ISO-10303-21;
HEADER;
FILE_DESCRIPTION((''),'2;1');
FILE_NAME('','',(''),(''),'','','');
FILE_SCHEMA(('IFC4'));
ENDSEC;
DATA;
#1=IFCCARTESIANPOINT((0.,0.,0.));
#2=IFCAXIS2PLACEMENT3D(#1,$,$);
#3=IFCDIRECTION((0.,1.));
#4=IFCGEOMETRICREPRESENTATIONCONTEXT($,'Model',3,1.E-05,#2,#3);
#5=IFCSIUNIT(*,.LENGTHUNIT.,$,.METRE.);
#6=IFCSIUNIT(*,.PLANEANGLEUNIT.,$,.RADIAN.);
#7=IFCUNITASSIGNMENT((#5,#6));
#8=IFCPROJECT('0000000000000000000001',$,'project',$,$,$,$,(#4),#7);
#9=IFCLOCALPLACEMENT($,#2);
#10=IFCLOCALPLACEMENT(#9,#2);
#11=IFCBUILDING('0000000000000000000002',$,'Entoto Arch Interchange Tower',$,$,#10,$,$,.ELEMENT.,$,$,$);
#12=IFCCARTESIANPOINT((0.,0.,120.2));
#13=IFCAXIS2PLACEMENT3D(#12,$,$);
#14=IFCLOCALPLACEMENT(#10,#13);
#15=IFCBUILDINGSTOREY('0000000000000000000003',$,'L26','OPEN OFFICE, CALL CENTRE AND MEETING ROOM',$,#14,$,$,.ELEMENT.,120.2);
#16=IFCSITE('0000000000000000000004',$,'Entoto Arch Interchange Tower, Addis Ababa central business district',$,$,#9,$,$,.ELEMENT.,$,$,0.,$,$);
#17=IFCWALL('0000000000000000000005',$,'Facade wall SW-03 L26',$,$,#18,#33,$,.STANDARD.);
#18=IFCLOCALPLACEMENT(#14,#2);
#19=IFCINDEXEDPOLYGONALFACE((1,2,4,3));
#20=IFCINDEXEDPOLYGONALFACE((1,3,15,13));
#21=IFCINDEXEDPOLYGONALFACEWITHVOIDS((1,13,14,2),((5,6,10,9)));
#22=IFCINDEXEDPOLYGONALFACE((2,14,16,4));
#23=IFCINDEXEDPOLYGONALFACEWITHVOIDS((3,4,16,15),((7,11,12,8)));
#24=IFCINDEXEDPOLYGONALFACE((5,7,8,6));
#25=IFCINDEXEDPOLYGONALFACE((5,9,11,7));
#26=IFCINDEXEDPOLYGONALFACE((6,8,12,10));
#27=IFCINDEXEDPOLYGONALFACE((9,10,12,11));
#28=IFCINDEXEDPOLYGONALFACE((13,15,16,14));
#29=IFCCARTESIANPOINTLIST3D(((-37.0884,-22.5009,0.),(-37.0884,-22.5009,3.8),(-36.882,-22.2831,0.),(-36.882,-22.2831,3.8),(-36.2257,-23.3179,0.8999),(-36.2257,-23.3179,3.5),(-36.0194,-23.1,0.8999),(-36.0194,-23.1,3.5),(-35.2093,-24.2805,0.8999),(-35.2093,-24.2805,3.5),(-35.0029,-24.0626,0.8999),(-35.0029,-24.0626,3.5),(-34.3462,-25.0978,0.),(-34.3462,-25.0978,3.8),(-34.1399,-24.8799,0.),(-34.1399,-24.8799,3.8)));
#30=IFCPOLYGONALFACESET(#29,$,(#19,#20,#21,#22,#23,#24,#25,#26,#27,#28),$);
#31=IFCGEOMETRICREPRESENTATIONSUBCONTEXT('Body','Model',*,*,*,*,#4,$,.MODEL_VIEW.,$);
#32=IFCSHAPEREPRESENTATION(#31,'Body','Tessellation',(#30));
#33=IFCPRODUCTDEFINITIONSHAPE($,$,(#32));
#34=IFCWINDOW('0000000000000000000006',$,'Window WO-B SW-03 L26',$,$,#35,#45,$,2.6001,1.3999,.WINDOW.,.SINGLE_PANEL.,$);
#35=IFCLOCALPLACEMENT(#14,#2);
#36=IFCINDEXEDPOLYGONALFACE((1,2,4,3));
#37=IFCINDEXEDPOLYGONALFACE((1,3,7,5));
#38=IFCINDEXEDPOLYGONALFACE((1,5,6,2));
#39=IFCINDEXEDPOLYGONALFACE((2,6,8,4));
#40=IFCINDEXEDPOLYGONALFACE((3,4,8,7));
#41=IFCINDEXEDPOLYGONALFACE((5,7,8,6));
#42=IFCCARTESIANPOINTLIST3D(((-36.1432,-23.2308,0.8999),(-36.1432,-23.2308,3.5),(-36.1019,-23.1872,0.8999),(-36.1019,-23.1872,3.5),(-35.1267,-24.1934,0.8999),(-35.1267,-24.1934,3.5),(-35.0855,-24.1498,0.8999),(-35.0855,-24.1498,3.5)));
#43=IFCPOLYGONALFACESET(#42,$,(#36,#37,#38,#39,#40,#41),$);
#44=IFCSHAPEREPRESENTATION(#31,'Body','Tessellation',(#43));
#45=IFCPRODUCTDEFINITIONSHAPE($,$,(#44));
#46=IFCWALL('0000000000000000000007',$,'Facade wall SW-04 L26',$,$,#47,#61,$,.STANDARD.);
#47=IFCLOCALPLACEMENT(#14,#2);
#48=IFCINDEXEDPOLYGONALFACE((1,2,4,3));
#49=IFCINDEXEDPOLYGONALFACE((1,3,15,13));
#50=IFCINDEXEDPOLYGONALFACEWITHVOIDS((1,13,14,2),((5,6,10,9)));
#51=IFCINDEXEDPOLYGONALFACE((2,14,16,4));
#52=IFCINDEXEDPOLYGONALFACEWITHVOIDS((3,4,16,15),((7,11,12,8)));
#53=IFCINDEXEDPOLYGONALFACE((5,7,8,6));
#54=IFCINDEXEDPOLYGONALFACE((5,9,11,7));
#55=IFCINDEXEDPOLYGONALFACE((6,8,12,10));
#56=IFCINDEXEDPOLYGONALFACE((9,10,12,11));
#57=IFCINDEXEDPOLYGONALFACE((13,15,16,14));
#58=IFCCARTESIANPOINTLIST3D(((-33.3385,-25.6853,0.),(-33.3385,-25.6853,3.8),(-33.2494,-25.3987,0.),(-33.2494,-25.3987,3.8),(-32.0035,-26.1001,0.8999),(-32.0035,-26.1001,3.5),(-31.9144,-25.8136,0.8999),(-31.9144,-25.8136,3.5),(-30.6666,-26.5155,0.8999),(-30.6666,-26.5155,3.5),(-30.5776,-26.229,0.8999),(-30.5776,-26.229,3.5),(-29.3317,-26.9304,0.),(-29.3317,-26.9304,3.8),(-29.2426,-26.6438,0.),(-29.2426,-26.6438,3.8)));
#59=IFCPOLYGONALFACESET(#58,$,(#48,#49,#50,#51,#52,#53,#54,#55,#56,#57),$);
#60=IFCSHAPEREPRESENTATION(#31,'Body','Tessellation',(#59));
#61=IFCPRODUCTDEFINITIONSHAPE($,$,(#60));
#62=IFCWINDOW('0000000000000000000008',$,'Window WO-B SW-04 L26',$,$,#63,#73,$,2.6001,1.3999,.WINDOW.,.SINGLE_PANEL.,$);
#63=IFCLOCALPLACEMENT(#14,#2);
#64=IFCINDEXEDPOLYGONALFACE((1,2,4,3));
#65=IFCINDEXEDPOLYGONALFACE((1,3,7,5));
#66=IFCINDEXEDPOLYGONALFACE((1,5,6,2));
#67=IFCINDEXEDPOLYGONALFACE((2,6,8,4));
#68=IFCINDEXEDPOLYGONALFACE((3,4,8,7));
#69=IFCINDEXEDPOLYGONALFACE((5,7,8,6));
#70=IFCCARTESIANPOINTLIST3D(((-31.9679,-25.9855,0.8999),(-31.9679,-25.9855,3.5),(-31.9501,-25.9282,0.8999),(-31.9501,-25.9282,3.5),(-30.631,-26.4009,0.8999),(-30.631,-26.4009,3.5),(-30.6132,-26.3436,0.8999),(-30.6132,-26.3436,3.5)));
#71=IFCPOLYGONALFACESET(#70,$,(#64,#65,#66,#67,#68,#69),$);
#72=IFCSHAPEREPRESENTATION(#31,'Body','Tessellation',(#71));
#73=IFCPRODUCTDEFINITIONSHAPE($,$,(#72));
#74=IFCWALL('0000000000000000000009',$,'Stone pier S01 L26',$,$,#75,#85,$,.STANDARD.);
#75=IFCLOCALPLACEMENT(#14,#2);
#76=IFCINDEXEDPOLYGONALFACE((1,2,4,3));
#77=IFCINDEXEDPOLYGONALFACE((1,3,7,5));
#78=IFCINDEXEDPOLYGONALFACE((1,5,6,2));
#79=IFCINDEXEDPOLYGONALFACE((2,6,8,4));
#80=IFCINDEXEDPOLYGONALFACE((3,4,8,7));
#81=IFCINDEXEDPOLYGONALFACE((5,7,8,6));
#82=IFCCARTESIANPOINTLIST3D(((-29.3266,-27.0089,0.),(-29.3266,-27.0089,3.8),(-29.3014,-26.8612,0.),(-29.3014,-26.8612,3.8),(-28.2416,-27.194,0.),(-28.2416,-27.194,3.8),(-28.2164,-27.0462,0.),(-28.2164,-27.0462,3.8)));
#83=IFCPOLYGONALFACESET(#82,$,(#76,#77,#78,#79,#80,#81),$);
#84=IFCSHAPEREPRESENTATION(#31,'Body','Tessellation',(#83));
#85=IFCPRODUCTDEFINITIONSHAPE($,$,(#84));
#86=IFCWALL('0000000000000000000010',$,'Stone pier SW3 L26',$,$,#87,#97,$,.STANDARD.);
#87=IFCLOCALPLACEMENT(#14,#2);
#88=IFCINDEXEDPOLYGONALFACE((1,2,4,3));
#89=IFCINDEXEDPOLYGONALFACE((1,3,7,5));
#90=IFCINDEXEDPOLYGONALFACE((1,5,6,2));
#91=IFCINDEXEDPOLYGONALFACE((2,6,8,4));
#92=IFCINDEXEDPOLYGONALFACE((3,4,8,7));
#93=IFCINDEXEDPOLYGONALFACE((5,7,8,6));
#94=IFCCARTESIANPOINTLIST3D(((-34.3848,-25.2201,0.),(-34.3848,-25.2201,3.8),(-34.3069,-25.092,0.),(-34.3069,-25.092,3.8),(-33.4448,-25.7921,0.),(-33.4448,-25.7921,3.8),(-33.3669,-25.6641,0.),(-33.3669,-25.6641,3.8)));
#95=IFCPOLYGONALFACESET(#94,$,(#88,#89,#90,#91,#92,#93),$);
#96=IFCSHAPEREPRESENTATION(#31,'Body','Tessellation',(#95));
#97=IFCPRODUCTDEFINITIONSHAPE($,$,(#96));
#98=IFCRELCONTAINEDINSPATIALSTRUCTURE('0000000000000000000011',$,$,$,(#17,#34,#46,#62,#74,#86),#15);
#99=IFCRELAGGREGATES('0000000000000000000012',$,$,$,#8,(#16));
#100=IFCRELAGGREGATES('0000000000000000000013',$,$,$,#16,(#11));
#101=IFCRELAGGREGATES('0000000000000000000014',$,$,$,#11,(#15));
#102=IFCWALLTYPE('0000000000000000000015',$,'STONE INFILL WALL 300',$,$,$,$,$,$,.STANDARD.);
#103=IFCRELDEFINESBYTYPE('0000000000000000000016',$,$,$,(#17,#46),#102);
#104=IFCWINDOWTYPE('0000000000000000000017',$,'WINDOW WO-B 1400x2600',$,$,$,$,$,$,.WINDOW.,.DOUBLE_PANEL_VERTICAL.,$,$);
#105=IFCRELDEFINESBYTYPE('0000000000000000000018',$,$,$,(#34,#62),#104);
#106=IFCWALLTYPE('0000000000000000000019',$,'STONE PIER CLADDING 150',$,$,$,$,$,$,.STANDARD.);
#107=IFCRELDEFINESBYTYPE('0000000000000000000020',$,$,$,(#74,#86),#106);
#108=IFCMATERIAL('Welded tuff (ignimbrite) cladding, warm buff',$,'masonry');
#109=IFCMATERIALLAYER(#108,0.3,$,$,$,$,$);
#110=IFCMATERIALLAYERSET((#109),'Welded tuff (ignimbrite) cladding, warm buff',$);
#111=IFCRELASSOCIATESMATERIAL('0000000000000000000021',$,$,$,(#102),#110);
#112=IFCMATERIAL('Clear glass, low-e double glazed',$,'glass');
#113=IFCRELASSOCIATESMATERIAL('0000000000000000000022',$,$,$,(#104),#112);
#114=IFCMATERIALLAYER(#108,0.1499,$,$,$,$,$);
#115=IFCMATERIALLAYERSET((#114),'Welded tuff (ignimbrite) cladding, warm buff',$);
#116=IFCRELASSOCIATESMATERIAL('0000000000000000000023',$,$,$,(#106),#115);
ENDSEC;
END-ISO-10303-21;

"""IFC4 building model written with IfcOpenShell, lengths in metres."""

from ifc_helpers import new_model, si_unit, direction, frame, frame_2d, origin, place, context, subcontext, project, spatial, rectangle, extrude, material, layer, layer_set, type_object, element, fill, save


model = new_model("IFC4")

# Units and contexts
model_context = context("Model", 3, precision=1e-05, world=origin(), true_north=direction((0.0, 1.0)))
body_context = subcontext(model_context, "Body", "Model", "MODEL_VIEW")
ifc_project = project(units=[si_unit("LENGTHUNIT", "METRE"), si_unit("PLANEANGLEUNIT", "RADIAN")], contexts=[model_context])

# Site, building, storey
site_placement = place(None, origin())
site = spatial("IfcSite", under=ifc_project, at=site_placement, Name="Entoto Arch Interchange Tower, Addis Ababa central business district", CompositionType="ELEMENT", RefElevation=0.0)
building_placement = place(site_placement, origin())
building = spatial("IfcBuilding", under=site, at=building_placement, Name="Entoto Arch Interchange Tower", CompositionType="ELEMENT")
storey_placement = place(building_placement, frame((0.0, 0.0, 120.2)))
storey = spatial("IfcBuildingStorey", under=building, at=storey_placement, Name="L26", Description="OPEN OFFICE, CALL CENTRE AND MEETING ROOM", CompositionType="ELEMENT", Elevation=120.2)

# Shared definitions
ifc_material_1 = material(Name="Welded tuff (ignimbrite) cladding, warm buff", Category="masonry")
ifc_layer_1 = layer(ifc_material_1, 0.3)
ifc_layer_set_1 = layer_set([ifc_layer_1], Name="Welded tuff (ignimbrite) cladding, warm buff")
wall_type_1 = type_object("IfcWallType", Name="STONE INFILL WALL 300", PredefinedType="STANDARD", material=ifc_layer_set_1)
ifc_material_2 = material(Name="Clear glass, low-e double glazed", Category="glass")

# Walls, openings, windows
window_type_1 = type_object("IfcWindowType", Name="WINDOW WO-B 1400x2600", PartitioningType="DOUBLE_PANEL_VERTICAL", PredefinedType="WINDOW", material=ifc_material_2)
wall_1_placement = place(storey_placement, frame((-36.9851, -22.3921, 0.0), z_axis=(0.0, 0.0, 1.0), x_axis=(0.726077, -0.687614, 0.0)))
wall_1 = element("IfcWall", 1, at=wall_1_placement, inside=storey, type_object=wall_type_1, Name="Facade wall SW-03 L26", PredefinedType="STANDARD", context=body_context, shape_type="SweptSolid", body=[
    extrude(rectangle(XDim=3.7766, YDim=0.3, at=frame_2d((1.8882, 0.0))), origin(), (0.0, 0.0, 1.0), 3.8),
])
opening_1_placement = place(wall_1_placement, frame((1.188, 0.0, 0.8999)))
opening_1 = element("IfcOpeningElement", 2, at=opening_1_placement, cuts=wall_1, PredefinedType="OPENING", context=body_context, shape_type="SweptSolid", body=[
    extrude(rectangle(XDim=1.3999, YDim=2.6001, at=frame_2d((0.7, 1.3))), frame((0.0, 0.1602, 0.0), z_axis=(0.0, -1.0, 0.0), x_axis=(1.0, 0.0, 0.0)), (0.0, 0.0, 1.0), 0.3201),
])
window_1_placement = place(opening_1_placement, origin())
window_1 = element("IfcWindow", 3, at=window_1_placement, inside=storey, type_object=window_type_1, Name="Window WO-B SW-03 L26", OverallHeight=2.6001, OverallWidth=1.3999, PartitioningType="SINGLE_PANEL", PredefinedType="WINDOW", context=body_context, shape_type="SweptSolid", body=[
    extrude(rectangle(XDim=1.3999, YDim=2.6001, at=frame_2d((0.7, 1.3))), frame((0.0, 0.03, 0.0), z_axis=(0.0, -1.0, 0.0), x_axis=(1.0, 0.0, 0.0)), (0.0, 0.0, 1.0), 0.0601),
])
fill(opening_1, window_1)
wall_2_placement = place(storey_placement, frame((-33.2939, -25.542, 0.0), z_axis=(0.0, 0.0, 1.0), x_axis=(0.954955, -0.296751, 0.0)))
wall_2 = element("IfcWall", 4, at=wall_2_placement, inside=storey, type_object=wall_type_1, Name="Facade wall SW-04 L26", PredefinedType="STANDARD", context=body_context, shape_type="SweptSolid", body=[
    extrude(rectangle(XDim=4.1958, YDim=0.3, at=frame_2d((2.0979, 0.0))), origin(), (0.0, 0.0, 1.0), 3.8),
])
opening_2_placement = place(wall_2_placement, frame((1.3979, 0.0, 0.8999)))
opening_2 = element("IfcOpeningElement", 5, at=opening_2_placement, cuts=wall_2, PredefinedType="OPENING", context=body_context, shape_type="SweptSolid", body=[
    extrude(rectangle(XDim=1.3999, YDim=2.6001, at=frame_2d((0.7, 1.3))), frame((0.0, 0.1602, 0.0), z_axis=(0.0, -1.0, 0.0), x_axis=(1.0, 0.0, 0.0)), (0.0, 0.0, 1.0), 0.3201),
])
window_2_placement = place(opening_2_placement, origin())
window_2 = element("IfcWindow", 6, at=window_2_placement, inside=storey, type_object=window_type_1, Name="Window WO-B SW-04 L26", OverallHeight=2.6001, OverallWidth=1.3999, PartitioningType="SINGLE_PANEL", PredefinedType="WINDOW", context=body_context, shape_type="SweptSolid", body=[
    extrude(rectangle(XDim=1.3999, YDim=2.6001, at=frame_2d((0.7, 1.3))), frame((0.0, 0.03, 0.0), z_axis=(0.0, -1.0, 0.0), x_axis=(1.0, 0.0, 0.0)), (0.0, 0.0, 1.0), 0.0601),
])
fill(opening_2, window_2)

# Walls
ifc_layer_2 = layer(ifc_material_1, 0.1499)
ifc_layer_set_2 = layer_set([ifc_layer_2], Name="Welded tuff (ignimbrite) cladding, warm buff")
wall_type_2 = type_object("IfcWallType", Name="STONE PIER CLADDING 150", PredefinedType="STANDARD", material=ifc_layer_set_2)
wall_3_placement = place(storey_placement, frame((-29.314, -26.9351, 0.0), z_axis=(0.0, 0.0, 1.0), x_axis=(0.985763, -0.168139, 0.0)))
element("IfcWall", 7, at=wall_3_placement, inside=storey, type_object=wall_type_2, Name="Stone pier S01 L26", PredefinedType="STANDARD", context=body_context, shape_type="SweptSolid", body=[
    extrude(rectangle(XDim=1.1006, YDim=0.1499, at=frame_2d((0.5503, 0.0))), origin(), (0.0, 0.0, 1.0), 3.8),
])
wall_4_placement = place(storey_placement, frame((-34.3459, -25.156, 0.0), z_axis=(0.0, 0.0, 1.0), x_axis=(0.854246, -0.51987, 0.0)))
element("IfcWall", 8, at=wall_4_placement, inside=storey, type_object=wall_type_2, Name="Stone pier SW3 L26", PredefinedType="STANDARD", context=body_context, shape_type="SweptSolid", body=[
    extrude(rectangle(XDim=1.1003, YDim=0.1499, at=frame_2d((0.5503, 0.0))), origin(), (0.0, 0.0, 1.0), 3.8),
])

save(model, "model.ifc")
